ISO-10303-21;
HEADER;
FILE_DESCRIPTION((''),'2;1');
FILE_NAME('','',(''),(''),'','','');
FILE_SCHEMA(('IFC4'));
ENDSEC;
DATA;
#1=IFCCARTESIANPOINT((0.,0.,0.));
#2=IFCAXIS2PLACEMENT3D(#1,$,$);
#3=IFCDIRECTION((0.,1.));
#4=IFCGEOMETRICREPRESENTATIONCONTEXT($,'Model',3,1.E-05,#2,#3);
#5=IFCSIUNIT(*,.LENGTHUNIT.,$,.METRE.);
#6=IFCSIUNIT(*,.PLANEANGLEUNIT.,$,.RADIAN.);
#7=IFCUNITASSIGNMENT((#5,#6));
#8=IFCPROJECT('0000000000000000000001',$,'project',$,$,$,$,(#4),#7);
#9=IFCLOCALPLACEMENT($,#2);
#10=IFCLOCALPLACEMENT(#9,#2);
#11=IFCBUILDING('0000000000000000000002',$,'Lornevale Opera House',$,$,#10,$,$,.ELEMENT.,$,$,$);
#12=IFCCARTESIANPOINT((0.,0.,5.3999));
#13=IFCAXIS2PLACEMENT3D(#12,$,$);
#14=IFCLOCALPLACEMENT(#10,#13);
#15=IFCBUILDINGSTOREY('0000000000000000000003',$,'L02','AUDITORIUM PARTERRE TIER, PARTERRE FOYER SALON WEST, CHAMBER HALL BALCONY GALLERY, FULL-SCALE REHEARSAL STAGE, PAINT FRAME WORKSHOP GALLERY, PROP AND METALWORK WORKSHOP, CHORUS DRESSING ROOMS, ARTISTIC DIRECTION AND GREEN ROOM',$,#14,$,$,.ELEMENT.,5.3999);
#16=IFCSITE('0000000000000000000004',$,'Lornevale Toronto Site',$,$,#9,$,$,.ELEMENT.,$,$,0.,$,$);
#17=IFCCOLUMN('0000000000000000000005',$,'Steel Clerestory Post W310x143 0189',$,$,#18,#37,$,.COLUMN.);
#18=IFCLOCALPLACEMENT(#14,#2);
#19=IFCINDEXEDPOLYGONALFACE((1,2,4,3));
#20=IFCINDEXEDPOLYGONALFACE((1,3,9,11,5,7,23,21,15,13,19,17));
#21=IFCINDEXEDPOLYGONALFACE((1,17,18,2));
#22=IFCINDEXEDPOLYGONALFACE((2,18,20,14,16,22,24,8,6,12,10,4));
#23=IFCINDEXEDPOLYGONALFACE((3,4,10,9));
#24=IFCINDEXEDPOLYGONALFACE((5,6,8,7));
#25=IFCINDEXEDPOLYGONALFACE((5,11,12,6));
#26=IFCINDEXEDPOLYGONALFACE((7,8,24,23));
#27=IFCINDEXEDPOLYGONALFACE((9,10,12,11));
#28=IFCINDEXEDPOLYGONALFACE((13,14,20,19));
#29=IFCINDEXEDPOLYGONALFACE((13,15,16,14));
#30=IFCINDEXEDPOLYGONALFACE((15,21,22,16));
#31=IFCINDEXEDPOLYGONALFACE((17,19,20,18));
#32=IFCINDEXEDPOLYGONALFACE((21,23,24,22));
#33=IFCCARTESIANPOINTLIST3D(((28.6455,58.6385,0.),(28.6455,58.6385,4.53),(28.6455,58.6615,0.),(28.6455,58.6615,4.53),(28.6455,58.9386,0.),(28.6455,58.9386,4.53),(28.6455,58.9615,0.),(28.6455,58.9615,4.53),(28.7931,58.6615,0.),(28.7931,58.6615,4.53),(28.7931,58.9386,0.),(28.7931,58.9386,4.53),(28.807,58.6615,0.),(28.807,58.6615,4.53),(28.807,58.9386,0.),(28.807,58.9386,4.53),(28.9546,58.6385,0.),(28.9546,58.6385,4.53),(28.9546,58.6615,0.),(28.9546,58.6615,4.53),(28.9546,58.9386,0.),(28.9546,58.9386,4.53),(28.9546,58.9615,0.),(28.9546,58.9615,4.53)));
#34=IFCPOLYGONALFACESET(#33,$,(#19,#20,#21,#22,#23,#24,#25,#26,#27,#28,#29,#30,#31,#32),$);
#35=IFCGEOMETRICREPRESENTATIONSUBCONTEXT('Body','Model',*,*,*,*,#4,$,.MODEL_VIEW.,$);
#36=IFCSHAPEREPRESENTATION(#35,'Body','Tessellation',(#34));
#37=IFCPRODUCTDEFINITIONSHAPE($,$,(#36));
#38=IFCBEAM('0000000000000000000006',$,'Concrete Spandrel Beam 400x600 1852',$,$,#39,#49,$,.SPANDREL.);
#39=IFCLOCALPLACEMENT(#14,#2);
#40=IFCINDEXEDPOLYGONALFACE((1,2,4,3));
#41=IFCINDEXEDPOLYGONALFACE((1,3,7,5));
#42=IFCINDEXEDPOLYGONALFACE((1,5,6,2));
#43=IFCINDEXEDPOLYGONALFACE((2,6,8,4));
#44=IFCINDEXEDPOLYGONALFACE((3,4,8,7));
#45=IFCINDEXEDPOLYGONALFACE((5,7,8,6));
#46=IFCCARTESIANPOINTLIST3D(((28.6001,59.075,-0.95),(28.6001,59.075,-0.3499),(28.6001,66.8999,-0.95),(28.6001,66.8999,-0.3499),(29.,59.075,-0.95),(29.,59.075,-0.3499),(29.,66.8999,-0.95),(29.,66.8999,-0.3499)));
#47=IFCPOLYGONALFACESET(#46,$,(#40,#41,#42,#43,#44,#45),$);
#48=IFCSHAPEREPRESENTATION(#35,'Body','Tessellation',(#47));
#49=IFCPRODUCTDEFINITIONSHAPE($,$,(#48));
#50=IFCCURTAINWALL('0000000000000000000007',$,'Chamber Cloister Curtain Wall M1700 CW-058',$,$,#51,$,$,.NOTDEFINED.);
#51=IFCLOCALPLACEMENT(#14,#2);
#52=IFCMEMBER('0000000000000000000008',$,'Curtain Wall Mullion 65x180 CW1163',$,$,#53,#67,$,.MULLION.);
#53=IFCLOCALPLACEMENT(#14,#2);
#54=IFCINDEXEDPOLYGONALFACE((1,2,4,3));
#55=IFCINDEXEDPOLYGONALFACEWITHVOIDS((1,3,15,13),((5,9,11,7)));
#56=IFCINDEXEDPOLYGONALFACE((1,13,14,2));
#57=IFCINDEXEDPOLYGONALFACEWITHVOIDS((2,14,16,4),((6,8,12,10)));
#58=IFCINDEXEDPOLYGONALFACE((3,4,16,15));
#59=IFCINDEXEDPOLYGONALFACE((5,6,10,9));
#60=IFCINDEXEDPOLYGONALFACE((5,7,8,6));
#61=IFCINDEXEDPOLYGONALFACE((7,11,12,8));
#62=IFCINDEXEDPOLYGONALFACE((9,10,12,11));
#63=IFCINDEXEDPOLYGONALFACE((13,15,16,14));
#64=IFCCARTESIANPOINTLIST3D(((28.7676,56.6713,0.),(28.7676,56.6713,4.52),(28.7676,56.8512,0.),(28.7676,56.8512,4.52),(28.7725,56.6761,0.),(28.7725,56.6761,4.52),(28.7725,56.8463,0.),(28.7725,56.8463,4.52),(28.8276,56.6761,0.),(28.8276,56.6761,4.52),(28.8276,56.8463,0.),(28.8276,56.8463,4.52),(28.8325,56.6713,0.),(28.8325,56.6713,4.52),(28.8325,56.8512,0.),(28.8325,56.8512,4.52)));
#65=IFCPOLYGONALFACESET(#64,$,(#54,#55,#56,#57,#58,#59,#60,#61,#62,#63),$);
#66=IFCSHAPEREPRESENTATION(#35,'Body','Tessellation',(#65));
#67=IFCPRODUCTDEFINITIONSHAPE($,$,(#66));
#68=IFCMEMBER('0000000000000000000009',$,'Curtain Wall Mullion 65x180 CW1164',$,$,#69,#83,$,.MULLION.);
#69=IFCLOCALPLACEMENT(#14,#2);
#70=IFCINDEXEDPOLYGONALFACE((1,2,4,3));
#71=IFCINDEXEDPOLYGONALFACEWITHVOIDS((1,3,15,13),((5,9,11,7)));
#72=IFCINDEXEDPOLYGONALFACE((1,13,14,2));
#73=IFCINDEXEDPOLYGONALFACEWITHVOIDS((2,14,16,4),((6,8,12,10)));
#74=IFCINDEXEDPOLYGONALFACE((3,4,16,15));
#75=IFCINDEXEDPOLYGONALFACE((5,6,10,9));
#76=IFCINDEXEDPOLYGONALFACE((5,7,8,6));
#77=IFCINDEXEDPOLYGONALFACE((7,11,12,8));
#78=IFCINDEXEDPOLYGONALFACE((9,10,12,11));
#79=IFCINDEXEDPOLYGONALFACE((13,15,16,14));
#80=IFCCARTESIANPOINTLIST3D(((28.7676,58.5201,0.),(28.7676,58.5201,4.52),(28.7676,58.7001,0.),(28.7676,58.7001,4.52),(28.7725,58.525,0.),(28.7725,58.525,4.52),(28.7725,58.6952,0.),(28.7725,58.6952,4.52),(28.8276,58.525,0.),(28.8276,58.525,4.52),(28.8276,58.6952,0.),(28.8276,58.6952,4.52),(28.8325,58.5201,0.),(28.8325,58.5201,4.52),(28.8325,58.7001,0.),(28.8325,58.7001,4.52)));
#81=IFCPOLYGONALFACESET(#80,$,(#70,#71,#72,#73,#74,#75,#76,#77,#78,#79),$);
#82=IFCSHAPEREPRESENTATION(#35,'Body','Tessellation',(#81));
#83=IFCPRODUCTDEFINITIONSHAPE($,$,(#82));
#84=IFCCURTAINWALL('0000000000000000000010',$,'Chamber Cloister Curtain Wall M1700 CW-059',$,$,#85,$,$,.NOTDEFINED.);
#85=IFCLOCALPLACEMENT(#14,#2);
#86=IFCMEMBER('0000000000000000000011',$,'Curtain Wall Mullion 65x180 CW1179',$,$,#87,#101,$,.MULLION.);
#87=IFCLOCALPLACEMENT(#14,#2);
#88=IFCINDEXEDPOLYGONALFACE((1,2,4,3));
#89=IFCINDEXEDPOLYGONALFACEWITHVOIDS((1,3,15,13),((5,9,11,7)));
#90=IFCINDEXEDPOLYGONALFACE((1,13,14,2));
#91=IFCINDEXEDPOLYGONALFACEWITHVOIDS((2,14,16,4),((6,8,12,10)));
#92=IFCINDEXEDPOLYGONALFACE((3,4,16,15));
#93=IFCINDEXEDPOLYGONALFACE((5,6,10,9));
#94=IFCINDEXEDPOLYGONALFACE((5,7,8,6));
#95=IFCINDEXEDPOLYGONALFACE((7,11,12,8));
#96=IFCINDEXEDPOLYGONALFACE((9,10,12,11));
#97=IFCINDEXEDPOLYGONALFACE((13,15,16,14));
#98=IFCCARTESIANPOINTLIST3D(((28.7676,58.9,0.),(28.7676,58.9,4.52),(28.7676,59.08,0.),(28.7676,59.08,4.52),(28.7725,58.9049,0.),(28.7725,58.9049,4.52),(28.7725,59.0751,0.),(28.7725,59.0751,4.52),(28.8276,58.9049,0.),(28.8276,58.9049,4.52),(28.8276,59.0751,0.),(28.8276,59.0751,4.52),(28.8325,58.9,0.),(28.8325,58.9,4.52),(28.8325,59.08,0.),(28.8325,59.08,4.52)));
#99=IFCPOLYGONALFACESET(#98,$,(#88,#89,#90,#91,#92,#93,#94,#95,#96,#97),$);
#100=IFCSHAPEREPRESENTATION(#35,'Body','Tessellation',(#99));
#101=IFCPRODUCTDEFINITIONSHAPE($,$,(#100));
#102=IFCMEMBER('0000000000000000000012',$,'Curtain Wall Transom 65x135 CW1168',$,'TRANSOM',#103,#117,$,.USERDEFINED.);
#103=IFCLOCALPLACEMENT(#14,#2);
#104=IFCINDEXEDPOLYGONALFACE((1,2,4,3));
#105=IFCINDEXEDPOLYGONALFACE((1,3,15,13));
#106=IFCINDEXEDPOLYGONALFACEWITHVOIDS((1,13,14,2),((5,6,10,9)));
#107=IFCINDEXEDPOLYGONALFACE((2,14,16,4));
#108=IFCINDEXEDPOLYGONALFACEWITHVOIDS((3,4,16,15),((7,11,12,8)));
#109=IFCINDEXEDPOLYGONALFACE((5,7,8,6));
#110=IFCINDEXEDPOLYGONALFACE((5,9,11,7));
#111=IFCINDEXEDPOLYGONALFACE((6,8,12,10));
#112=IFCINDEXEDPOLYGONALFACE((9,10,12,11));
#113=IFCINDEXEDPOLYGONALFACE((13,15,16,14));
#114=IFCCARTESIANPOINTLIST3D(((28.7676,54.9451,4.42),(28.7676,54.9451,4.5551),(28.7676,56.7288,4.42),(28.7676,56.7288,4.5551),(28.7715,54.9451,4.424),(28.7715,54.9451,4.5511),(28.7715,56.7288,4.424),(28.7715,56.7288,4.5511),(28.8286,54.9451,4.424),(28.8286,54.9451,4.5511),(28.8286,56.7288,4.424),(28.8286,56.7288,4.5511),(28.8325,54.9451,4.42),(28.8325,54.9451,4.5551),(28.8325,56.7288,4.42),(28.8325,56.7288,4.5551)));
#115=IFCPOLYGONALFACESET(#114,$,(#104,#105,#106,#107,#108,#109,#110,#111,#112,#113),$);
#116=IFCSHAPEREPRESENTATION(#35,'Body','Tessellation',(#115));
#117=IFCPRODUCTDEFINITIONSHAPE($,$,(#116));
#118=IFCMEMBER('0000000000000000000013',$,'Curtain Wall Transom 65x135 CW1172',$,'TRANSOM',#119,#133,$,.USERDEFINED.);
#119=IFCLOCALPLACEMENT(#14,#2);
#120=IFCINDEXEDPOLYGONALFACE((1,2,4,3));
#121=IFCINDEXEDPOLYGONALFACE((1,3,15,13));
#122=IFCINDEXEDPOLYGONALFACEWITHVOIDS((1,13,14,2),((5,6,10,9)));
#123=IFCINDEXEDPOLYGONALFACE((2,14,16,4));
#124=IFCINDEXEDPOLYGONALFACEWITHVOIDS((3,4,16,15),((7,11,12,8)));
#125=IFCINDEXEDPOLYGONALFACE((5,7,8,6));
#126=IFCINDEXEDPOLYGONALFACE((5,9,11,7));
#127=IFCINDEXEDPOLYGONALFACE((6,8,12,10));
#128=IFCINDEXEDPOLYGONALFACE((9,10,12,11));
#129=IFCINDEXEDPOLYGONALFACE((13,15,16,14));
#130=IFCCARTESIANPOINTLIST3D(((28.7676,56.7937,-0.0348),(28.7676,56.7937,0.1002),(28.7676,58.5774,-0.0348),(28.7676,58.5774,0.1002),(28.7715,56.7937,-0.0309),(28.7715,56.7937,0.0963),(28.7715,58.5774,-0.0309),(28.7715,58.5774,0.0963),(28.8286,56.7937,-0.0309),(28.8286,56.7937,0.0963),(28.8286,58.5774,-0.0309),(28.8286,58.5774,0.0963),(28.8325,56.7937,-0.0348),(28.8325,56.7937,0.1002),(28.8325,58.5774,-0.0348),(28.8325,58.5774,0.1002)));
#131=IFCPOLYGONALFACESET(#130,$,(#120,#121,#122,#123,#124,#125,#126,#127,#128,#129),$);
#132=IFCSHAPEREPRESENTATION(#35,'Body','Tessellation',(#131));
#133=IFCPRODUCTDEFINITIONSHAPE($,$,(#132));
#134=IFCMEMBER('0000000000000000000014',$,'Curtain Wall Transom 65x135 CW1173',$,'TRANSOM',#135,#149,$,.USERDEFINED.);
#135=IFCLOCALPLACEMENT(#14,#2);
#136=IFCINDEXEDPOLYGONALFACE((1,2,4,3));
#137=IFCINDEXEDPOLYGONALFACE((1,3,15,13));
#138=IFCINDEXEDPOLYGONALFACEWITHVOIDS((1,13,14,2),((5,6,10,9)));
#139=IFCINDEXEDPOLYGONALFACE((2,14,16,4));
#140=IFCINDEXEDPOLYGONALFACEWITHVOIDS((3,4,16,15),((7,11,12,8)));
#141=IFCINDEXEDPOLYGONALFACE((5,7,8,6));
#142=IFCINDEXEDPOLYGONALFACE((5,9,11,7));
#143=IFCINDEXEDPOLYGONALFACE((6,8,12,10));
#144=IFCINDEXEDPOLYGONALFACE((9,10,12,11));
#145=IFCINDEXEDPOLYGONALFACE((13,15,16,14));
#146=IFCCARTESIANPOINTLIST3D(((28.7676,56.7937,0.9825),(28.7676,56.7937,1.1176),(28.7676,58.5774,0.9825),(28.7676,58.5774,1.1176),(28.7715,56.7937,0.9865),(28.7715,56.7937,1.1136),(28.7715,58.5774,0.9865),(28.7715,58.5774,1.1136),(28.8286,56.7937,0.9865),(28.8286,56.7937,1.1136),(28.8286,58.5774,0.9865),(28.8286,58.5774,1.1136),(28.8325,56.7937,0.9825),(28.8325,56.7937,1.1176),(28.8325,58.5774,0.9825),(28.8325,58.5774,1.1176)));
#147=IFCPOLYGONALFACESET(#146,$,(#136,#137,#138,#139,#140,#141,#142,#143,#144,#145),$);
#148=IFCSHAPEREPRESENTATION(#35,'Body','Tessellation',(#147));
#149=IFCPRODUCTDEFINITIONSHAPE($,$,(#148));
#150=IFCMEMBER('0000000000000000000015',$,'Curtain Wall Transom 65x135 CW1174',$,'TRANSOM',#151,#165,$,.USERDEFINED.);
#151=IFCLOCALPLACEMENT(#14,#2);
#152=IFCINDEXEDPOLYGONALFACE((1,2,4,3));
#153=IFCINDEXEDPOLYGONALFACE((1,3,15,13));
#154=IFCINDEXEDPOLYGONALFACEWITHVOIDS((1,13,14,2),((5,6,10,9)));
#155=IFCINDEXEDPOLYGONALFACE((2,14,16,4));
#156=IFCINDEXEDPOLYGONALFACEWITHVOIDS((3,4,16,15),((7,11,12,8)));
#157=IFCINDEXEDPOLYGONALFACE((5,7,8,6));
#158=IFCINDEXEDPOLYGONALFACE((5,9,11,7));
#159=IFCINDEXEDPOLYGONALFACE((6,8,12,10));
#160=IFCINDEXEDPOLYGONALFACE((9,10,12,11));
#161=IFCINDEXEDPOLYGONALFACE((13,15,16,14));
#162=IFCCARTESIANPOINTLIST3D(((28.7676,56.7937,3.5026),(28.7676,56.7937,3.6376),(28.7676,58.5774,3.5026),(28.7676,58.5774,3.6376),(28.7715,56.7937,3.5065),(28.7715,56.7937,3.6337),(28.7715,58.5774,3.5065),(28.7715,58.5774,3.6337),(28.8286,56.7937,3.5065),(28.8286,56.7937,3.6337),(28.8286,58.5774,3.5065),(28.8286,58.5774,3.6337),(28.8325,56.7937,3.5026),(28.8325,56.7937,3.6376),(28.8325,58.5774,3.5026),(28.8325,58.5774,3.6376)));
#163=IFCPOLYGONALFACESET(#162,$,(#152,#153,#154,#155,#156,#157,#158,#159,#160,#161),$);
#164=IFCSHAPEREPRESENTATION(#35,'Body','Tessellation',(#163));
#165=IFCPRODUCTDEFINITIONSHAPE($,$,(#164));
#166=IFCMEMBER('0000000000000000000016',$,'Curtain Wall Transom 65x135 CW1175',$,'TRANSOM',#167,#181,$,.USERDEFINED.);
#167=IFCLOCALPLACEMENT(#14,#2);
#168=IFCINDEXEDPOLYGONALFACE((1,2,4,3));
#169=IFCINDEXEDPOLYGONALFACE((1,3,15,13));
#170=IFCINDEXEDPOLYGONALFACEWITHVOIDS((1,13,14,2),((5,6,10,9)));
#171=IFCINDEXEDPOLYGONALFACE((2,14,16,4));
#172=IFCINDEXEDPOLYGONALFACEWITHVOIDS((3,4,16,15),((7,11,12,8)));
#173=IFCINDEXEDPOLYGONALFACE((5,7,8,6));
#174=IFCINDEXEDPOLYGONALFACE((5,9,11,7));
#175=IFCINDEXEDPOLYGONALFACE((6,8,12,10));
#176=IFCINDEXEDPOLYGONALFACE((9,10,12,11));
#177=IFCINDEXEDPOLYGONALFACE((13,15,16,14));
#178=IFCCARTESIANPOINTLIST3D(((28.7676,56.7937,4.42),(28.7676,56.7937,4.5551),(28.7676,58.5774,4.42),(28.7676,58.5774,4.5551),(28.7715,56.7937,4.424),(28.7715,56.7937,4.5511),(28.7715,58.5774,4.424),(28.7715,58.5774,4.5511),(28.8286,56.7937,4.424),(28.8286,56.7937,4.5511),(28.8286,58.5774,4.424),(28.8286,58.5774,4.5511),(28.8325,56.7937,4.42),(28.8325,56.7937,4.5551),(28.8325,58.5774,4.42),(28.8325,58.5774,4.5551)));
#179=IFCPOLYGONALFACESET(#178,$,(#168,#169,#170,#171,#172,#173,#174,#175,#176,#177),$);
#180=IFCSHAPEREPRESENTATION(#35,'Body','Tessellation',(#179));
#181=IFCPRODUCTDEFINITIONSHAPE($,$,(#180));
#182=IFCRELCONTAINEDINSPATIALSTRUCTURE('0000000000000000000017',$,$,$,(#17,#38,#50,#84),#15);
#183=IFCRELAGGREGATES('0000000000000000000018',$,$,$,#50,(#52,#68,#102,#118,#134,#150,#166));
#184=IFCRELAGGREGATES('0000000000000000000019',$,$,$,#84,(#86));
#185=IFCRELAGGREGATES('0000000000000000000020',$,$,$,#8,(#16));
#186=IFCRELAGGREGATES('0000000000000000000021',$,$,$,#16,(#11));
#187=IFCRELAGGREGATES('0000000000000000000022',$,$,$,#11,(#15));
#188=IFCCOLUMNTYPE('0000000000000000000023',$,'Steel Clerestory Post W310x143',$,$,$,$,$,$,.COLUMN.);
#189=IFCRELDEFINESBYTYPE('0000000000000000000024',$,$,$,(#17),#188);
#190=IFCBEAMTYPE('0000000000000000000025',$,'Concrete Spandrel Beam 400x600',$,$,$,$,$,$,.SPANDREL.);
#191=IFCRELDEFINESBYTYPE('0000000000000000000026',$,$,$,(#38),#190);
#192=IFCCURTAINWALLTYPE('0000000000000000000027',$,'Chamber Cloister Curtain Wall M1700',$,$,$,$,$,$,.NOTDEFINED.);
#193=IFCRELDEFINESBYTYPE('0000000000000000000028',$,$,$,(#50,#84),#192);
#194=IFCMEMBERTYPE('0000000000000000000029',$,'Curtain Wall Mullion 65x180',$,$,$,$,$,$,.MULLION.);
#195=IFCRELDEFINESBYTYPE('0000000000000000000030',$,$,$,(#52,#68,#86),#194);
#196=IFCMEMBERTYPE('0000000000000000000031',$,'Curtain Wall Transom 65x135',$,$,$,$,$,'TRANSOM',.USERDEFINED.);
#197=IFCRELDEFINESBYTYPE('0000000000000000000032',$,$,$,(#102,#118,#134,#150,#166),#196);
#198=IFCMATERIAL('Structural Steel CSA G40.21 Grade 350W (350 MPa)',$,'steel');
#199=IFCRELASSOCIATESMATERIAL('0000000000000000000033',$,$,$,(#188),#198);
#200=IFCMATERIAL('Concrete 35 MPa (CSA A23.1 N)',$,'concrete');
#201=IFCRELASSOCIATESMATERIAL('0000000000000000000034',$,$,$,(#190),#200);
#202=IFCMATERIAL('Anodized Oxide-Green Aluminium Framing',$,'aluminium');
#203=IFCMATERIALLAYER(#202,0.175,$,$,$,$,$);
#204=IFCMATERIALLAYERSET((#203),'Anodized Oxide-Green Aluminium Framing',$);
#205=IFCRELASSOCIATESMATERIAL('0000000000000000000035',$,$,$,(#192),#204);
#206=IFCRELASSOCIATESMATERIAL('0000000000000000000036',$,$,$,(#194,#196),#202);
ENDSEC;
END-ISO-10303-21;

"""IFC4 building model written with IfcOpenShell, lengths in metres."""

from ifc_helpers import new_model, si_unit, direction, frame, origin, origin_2d, place, context, subcontext, project, spatial, rectangle, hollow_rectangle, i_section, extrude, material, layer, layer_set, material_profile, profile_set, type_object, element, aggregate, save


model = new_model("IFC4")

# Units and contexts
model_context = context("Model", 3, precision=1e-05, world=origin(), true_north=direction((0.0, 1.0)))
body_context = subcontext(model_context, "Body", "Model", "MODEL_VIEW")
ifc_project = project(units=[si_unit("LENGTHUNIT", "METRE"), si_unit("PLANEANGLEUNIT", "RADIAN")], contexts=[model_context])

# Site, building, storey
site_placement = place(None, origin())
site = spatial("IfcSite", under=ifc_project, at=site_placement, Name="Lornevale Toronto Site", CompositionType="ELEMENT", RefElevation=0.0)
building_placement = place(site_placement, origin())
building = spatial("IfcBuilding", under=site, at=building_placement, Name="Lornevale Opera House", CompositionType="ELEMENT")
storey_placement = place(building_placement, frame((0.0, 0.0, 5.3999)))
storey = spatial("IfcBuildingStorey", under=building, at=storey_placement, Name="L02", Description="AUDITORIUM PARTERRE TIER, PARTERRE FOYER SALON WEST, CHAMBER HALL BALCONY GALLERY, FULL-SCALE REHEARSAL STAGE, PAINT FRAME WORKSHOP GALLERY, PROP AND METALWORK WORKSHOP, CHORUS DRESSING ROOMS, ARTISTIC DIRECTION AND GREEN ROOM", CompositionType="ELEMENT", Elevation=5.3999)

# Column
ifc_material_1 = material(Name="Structural Steel CSA G40.21 Grade 350W (350 MPa)", Category="steel")
ifc_material_profile_1 = material_profile(ifc_material_1, i_section(OverallWidth=0.3091, OverallDepth=0.323, WebThickness=0.0139, FlangeThickness=0.0229, at=origin_2d()), Name="W310x143")
ifc_profile_set_1 = profile_set([ifc_material_profile_1], Name="Structural Steel CSA G40.21 Grade 350W (350 MPa)")
column_type = type_object("IfcColumnType", Name="Steel Clerestory Post W310x143", PredefinedType="COLUMN", material=ifc_profile_set_1)
column_placement = place(storey_placement, frame((28.8, 58.8, 0.0), z_axis=(0.0, 0.0, 1.0), x_axis=(1.0, 0.0, 0.0)))
element("IfcColumn", 1, at=column_placement, inside=storey, type_object=column_type, Name="Steel Clerestory Post W310x143 0189", PredefinedType="COLUMN", context=body_context, shape_type="SweptSolid", body=[
    extrude(i_section(OverallWidth=0.3091, OverallDepth=0.323, WebThickness=0.0139, FlangeThickness=0.0229, at=origin_2d()), origin(), (0.0, 0.0, 1.0), 4.53),
])

# Beam
ifc_material_2 = material(Name="Concrete 35 MPa (CSA A23.1 N)", Category="concrete")
ifc_material_profile_2 = material_profile(ifc_material_2, rectangle(XDim=0.3999, YDim=0.6001, at=origin_2d()), Name="RC400x600")
ifc_profile_set_2 = profile_set([ifc_material_profile_2], Name="Concrete 35 MPa (CSA A23.1 N)")
beam_type = type_object("IfcBeamType", Name="Concrete Spandrel Beam 400x600", PredefinedType="SPANDREL", material=ifc_profile_set_2)
beam_placement = place(storey_placement, frame((28.8, 59.075, -0.6499), z_axis=(0.0, 1.0, 0.0), x_axis=(-1.0, 0.0, 0.0)))
element("IfcBeam", 2, at=beam_placement, inside=storey, type_object=beam_type, Name="Concrete Spandrel Beam 400x600 1852", PredefinedType="SPANDREL", context=body_context, shape_type="SweptSolid", body=[
    extrude(rectangle(XDim=0.3999, YDim=0.6001, at=origin_2d()), origin(), (0.0, 0.0, 1.0), 7.825),
])

# Curtain wall, members
ifc_material_3 = material(Name="Anodized Oxide-Green Aluminium Framing", Category="aluminium")
ifc_layer_1 = layer(ifc_material_3, 0.175)
ifc_layer_set_1 = layer_set([ifc_layer_1], Name="Anodized Oxide-Green Aluminium Framing")
curtain_wall_type = type_object("IfcCurtainWallType", Name="Chamber Cloister Curtain Wall M1700", PredefinedType="NOTDEFINED", material=ifc_layer_set_1)
curtain_wall_1_placement = place(storey_placement, origin())
curtain_wall_1 = element("IfcCurtainWall", 3, at=curtain_wall_1_placement, inside=storey, type_object=curtain_wall_type, Name="Chamber Cloister Curtain Wall M1700 CW-058", PredefinedType="NOTDEFINED")
ifc_material_profile_3 = material_profile(ifc_material_3, hollow_rectangle(XDim=0.0649, YDim=0.1799, WallThickness=0.0049, at=origin_2d()), Name="ALU65x180x5")
ifc_profile_set_3 = profile_set([ifc_material_profile_3], Name="Anodized Oxide-Green Aluminium Framing")
member_type_1 = type_object("IfcMemberType", Name="Curtain Wall Mullion 65x180", PredefinedType="MULLION", material=ifc_profile_set_3)
member_1_placement = place(storey_placement, frame((28.8, 56.7612, 0.0), z_axis=(0.0, 0.0, 1.0), x_axis=(-1.0, 0.0, 0.0)))
member_1 = element("IfcMember", 4, at=member_1_placement, type_object=member_type_1, Name="Curtain Wall Mullion 65x180 CW1163", PredefinedType="MULLION", context=body_context, shape_type="SweptSolid", body=[
    extrude(hollow_rectangle(XDim=0.0649, YDim=0.1799, WallThickness=0.0049, at=origin_2d()), origin(), (0.0, 0.0, 1.0), 4.52),
])
member_2_placement = place(storey_placement, frame((28.8, 58.6101, 0.0), z_axis=(0.0, 0.0, 1.0), x_axis=(-1.0, 0.0, 0.0)))
member_2 = element("IfcMember", 5, at=member_2_placement, type_object=member_type_1, Name="Curtain Wall Mullion 65x180 CW1164", PredefinedType="MULLION", context=body_context, shape_type="SweptSolid", body=[
    extrude(hollow_rectangle(XDim=0.0649, YDim=0.1799, WallThickness=0.0049, at=origin_2d()), origin(), (0.0, 0.0, 1.0), 4.52),
])

# Curtain wall, member
curtain_wall_2_placement = place(storey_placement, origin())
curtain_wall_2 = element("IfcCurtainWall", 6, at=curtain_wall_2_placement, inside=storey, type_object=curtain_wall_type, Name="Chamber Cloister Curtain Wall M1700 CW-059", PredefinedType="NOTDEFINED")
member_3_placement = place(storey_placement, frame((28.8, 58.99, 0.0), z_axis=(0.0, 0.0, 1.0), x_axis=(-1.0, 0.0, 0.0)))
member_3 = element("IfcMember", 7, at=member_3_placement, type_object=member_type_1, Name="Curtain Wall Mullion 65x180 CW1179", PredefinedType="MULLION", context=body_context, shape_type="SweptSolid", body=[
    extrude(hollow_rectangle(XDim=0.0649, YDim=0.1799, WallThickness=0.0049, at=origin_2d()), origin(), (0.0, 0.0, 1.0), 4.52),
])

# Members
ifc_material_profile_4 = material_profile(ifc_material_3, hollow_rectangle(XDim=0.0649, YDim=0.135, WallThickness=0.0039, at=origin_2d()), Name="ALU65x135x4")
ifc_profile_set_4 = profile_set([ifc_material_profile_4], Name="Anodized Oxide-Green Aluminium Framing")
member_type_2 = type_object("IfcMemberType", Name="Curtain Wall Transom 65x135", ElementType="TRANSOM", PredefinedType="USERDEFINED", material=ifc_profile_set_4)
member_4_placement = place(storey_placement, frame((28.8, 54.9451, 4.4875), z_axis=(0.0, 1.0, 0.0), x_axis=(-1.0, 0.0, 0.0)))
member_4 = element("IfcMember", 8, at=member_4_placement, type_object=member_type_2, Name="Curtain Wall Transom 65x135 CW1168", ObjectType="TRANSOM", PredefinedType="USERDEFINED", context=body_context, shape_type="SweptSolid", body=[
    extrude(hollow_rectangle(XDim=0.0649, YDim=0.135, WallThickness=0.0039, at=origin_2d()), origin(), (0.0, 0.0, 1.0), 1.7837),
])
member_5_placement = place(storey_placement, frame((28.8, 56.7937, 0.0327), z_axis=(0.0, 1.0, 0.0), x_axis=(-1.0, 0.0, 0.0)))
member_5 = element("IfcMember", 9, at=member_5_placement, type_object=member_type_2, Name="Curtain Wall Transom 65x135 CW1172", ObjectType="TRANSOM", PredefinedType="USERDEFINED", context=body_context, shape_type="SweptSolid", body=[
    extrude(hollow_rectangle(XDim=0.0649, YDim=0.135, WallThickness=0.0039, at=origin_2d()), origin(), (0.0, 0.0, 1.0), 1.7837),
])
member_6_placement = place(storey_placement, frame((28.8, 56.7937, 1.05), z_axis=(0.0, 1.0, 0.0), x_axis=(-1.0, 0.0, 0.0)))
member_6 = element("IfcMember", 10, at=member_6_placement, type_object=member_type_2, Name="Curtain Wall Transom 65x135 CW1173", ObjectType="TRANSOM", PredefinedType="USERDEFINED", context=body_context, shape_type="SweptSolid", body=[
    extrude(hollow_rectangle(XDim=0.0649, YDim=0.135, WallThickness=0.0039, at=origin_2d()), origin(), (0.0, 0.0, 1.0), 1.7837),
])
member_7_placement = place(storey_placement, frame((28.8, 56.7937, 3.5701), z_axis=(0.0, 1.0, 0.0), x_axis=(-1.0, 0.0, 0.0)))
member_7 = element("IfcMember", 11, at=member_7_placement, type_object=member_type_2, Name="Curtain Wall Transom 65x135 CW1174", ObjectType="TRANSOM", PredefinedType="USERDEFINED", context=body_context, shape_type="SweptSolid", body=[
    extrude(hollow_rectangle(XDim=0.0649, YDim=0.135, WallThickness=0.0039, at=origin_2d()), origin(), (0.0, 0.0, 1.0), 1.7837),
])
member_8_placement = place(storey_placement, frame((28.8, 56.7937, 4.4875), z_axis=(0.0, 1.0, 0.0), x_axis=(-1.0, 0.0, 0.0)))
member_8 = element("IfcMember", 12, at=member_8_placement, type_object=member_type_2, Name="Curtain Wall Transom 65x135 CW1175", ObjectType="TRANSOM", PredefinedType="USERDEFINED", context=body_context, shape_type="SweptSolid", body=[
    extrude(hollow_rectangle(XDim=0.0649, YDim=0.135, WallThickness=0.0039, at=origin_2d()), origin(), (0.0, 0.0, 1.0), 1.7837),
])

aggregate(curtain_wall_1, [member_1, member_2, member_4, member_5, member_6, member_7, member_8])
aggregate(curtain_wall_2, [member_3])

save(model, "model.ifc")
